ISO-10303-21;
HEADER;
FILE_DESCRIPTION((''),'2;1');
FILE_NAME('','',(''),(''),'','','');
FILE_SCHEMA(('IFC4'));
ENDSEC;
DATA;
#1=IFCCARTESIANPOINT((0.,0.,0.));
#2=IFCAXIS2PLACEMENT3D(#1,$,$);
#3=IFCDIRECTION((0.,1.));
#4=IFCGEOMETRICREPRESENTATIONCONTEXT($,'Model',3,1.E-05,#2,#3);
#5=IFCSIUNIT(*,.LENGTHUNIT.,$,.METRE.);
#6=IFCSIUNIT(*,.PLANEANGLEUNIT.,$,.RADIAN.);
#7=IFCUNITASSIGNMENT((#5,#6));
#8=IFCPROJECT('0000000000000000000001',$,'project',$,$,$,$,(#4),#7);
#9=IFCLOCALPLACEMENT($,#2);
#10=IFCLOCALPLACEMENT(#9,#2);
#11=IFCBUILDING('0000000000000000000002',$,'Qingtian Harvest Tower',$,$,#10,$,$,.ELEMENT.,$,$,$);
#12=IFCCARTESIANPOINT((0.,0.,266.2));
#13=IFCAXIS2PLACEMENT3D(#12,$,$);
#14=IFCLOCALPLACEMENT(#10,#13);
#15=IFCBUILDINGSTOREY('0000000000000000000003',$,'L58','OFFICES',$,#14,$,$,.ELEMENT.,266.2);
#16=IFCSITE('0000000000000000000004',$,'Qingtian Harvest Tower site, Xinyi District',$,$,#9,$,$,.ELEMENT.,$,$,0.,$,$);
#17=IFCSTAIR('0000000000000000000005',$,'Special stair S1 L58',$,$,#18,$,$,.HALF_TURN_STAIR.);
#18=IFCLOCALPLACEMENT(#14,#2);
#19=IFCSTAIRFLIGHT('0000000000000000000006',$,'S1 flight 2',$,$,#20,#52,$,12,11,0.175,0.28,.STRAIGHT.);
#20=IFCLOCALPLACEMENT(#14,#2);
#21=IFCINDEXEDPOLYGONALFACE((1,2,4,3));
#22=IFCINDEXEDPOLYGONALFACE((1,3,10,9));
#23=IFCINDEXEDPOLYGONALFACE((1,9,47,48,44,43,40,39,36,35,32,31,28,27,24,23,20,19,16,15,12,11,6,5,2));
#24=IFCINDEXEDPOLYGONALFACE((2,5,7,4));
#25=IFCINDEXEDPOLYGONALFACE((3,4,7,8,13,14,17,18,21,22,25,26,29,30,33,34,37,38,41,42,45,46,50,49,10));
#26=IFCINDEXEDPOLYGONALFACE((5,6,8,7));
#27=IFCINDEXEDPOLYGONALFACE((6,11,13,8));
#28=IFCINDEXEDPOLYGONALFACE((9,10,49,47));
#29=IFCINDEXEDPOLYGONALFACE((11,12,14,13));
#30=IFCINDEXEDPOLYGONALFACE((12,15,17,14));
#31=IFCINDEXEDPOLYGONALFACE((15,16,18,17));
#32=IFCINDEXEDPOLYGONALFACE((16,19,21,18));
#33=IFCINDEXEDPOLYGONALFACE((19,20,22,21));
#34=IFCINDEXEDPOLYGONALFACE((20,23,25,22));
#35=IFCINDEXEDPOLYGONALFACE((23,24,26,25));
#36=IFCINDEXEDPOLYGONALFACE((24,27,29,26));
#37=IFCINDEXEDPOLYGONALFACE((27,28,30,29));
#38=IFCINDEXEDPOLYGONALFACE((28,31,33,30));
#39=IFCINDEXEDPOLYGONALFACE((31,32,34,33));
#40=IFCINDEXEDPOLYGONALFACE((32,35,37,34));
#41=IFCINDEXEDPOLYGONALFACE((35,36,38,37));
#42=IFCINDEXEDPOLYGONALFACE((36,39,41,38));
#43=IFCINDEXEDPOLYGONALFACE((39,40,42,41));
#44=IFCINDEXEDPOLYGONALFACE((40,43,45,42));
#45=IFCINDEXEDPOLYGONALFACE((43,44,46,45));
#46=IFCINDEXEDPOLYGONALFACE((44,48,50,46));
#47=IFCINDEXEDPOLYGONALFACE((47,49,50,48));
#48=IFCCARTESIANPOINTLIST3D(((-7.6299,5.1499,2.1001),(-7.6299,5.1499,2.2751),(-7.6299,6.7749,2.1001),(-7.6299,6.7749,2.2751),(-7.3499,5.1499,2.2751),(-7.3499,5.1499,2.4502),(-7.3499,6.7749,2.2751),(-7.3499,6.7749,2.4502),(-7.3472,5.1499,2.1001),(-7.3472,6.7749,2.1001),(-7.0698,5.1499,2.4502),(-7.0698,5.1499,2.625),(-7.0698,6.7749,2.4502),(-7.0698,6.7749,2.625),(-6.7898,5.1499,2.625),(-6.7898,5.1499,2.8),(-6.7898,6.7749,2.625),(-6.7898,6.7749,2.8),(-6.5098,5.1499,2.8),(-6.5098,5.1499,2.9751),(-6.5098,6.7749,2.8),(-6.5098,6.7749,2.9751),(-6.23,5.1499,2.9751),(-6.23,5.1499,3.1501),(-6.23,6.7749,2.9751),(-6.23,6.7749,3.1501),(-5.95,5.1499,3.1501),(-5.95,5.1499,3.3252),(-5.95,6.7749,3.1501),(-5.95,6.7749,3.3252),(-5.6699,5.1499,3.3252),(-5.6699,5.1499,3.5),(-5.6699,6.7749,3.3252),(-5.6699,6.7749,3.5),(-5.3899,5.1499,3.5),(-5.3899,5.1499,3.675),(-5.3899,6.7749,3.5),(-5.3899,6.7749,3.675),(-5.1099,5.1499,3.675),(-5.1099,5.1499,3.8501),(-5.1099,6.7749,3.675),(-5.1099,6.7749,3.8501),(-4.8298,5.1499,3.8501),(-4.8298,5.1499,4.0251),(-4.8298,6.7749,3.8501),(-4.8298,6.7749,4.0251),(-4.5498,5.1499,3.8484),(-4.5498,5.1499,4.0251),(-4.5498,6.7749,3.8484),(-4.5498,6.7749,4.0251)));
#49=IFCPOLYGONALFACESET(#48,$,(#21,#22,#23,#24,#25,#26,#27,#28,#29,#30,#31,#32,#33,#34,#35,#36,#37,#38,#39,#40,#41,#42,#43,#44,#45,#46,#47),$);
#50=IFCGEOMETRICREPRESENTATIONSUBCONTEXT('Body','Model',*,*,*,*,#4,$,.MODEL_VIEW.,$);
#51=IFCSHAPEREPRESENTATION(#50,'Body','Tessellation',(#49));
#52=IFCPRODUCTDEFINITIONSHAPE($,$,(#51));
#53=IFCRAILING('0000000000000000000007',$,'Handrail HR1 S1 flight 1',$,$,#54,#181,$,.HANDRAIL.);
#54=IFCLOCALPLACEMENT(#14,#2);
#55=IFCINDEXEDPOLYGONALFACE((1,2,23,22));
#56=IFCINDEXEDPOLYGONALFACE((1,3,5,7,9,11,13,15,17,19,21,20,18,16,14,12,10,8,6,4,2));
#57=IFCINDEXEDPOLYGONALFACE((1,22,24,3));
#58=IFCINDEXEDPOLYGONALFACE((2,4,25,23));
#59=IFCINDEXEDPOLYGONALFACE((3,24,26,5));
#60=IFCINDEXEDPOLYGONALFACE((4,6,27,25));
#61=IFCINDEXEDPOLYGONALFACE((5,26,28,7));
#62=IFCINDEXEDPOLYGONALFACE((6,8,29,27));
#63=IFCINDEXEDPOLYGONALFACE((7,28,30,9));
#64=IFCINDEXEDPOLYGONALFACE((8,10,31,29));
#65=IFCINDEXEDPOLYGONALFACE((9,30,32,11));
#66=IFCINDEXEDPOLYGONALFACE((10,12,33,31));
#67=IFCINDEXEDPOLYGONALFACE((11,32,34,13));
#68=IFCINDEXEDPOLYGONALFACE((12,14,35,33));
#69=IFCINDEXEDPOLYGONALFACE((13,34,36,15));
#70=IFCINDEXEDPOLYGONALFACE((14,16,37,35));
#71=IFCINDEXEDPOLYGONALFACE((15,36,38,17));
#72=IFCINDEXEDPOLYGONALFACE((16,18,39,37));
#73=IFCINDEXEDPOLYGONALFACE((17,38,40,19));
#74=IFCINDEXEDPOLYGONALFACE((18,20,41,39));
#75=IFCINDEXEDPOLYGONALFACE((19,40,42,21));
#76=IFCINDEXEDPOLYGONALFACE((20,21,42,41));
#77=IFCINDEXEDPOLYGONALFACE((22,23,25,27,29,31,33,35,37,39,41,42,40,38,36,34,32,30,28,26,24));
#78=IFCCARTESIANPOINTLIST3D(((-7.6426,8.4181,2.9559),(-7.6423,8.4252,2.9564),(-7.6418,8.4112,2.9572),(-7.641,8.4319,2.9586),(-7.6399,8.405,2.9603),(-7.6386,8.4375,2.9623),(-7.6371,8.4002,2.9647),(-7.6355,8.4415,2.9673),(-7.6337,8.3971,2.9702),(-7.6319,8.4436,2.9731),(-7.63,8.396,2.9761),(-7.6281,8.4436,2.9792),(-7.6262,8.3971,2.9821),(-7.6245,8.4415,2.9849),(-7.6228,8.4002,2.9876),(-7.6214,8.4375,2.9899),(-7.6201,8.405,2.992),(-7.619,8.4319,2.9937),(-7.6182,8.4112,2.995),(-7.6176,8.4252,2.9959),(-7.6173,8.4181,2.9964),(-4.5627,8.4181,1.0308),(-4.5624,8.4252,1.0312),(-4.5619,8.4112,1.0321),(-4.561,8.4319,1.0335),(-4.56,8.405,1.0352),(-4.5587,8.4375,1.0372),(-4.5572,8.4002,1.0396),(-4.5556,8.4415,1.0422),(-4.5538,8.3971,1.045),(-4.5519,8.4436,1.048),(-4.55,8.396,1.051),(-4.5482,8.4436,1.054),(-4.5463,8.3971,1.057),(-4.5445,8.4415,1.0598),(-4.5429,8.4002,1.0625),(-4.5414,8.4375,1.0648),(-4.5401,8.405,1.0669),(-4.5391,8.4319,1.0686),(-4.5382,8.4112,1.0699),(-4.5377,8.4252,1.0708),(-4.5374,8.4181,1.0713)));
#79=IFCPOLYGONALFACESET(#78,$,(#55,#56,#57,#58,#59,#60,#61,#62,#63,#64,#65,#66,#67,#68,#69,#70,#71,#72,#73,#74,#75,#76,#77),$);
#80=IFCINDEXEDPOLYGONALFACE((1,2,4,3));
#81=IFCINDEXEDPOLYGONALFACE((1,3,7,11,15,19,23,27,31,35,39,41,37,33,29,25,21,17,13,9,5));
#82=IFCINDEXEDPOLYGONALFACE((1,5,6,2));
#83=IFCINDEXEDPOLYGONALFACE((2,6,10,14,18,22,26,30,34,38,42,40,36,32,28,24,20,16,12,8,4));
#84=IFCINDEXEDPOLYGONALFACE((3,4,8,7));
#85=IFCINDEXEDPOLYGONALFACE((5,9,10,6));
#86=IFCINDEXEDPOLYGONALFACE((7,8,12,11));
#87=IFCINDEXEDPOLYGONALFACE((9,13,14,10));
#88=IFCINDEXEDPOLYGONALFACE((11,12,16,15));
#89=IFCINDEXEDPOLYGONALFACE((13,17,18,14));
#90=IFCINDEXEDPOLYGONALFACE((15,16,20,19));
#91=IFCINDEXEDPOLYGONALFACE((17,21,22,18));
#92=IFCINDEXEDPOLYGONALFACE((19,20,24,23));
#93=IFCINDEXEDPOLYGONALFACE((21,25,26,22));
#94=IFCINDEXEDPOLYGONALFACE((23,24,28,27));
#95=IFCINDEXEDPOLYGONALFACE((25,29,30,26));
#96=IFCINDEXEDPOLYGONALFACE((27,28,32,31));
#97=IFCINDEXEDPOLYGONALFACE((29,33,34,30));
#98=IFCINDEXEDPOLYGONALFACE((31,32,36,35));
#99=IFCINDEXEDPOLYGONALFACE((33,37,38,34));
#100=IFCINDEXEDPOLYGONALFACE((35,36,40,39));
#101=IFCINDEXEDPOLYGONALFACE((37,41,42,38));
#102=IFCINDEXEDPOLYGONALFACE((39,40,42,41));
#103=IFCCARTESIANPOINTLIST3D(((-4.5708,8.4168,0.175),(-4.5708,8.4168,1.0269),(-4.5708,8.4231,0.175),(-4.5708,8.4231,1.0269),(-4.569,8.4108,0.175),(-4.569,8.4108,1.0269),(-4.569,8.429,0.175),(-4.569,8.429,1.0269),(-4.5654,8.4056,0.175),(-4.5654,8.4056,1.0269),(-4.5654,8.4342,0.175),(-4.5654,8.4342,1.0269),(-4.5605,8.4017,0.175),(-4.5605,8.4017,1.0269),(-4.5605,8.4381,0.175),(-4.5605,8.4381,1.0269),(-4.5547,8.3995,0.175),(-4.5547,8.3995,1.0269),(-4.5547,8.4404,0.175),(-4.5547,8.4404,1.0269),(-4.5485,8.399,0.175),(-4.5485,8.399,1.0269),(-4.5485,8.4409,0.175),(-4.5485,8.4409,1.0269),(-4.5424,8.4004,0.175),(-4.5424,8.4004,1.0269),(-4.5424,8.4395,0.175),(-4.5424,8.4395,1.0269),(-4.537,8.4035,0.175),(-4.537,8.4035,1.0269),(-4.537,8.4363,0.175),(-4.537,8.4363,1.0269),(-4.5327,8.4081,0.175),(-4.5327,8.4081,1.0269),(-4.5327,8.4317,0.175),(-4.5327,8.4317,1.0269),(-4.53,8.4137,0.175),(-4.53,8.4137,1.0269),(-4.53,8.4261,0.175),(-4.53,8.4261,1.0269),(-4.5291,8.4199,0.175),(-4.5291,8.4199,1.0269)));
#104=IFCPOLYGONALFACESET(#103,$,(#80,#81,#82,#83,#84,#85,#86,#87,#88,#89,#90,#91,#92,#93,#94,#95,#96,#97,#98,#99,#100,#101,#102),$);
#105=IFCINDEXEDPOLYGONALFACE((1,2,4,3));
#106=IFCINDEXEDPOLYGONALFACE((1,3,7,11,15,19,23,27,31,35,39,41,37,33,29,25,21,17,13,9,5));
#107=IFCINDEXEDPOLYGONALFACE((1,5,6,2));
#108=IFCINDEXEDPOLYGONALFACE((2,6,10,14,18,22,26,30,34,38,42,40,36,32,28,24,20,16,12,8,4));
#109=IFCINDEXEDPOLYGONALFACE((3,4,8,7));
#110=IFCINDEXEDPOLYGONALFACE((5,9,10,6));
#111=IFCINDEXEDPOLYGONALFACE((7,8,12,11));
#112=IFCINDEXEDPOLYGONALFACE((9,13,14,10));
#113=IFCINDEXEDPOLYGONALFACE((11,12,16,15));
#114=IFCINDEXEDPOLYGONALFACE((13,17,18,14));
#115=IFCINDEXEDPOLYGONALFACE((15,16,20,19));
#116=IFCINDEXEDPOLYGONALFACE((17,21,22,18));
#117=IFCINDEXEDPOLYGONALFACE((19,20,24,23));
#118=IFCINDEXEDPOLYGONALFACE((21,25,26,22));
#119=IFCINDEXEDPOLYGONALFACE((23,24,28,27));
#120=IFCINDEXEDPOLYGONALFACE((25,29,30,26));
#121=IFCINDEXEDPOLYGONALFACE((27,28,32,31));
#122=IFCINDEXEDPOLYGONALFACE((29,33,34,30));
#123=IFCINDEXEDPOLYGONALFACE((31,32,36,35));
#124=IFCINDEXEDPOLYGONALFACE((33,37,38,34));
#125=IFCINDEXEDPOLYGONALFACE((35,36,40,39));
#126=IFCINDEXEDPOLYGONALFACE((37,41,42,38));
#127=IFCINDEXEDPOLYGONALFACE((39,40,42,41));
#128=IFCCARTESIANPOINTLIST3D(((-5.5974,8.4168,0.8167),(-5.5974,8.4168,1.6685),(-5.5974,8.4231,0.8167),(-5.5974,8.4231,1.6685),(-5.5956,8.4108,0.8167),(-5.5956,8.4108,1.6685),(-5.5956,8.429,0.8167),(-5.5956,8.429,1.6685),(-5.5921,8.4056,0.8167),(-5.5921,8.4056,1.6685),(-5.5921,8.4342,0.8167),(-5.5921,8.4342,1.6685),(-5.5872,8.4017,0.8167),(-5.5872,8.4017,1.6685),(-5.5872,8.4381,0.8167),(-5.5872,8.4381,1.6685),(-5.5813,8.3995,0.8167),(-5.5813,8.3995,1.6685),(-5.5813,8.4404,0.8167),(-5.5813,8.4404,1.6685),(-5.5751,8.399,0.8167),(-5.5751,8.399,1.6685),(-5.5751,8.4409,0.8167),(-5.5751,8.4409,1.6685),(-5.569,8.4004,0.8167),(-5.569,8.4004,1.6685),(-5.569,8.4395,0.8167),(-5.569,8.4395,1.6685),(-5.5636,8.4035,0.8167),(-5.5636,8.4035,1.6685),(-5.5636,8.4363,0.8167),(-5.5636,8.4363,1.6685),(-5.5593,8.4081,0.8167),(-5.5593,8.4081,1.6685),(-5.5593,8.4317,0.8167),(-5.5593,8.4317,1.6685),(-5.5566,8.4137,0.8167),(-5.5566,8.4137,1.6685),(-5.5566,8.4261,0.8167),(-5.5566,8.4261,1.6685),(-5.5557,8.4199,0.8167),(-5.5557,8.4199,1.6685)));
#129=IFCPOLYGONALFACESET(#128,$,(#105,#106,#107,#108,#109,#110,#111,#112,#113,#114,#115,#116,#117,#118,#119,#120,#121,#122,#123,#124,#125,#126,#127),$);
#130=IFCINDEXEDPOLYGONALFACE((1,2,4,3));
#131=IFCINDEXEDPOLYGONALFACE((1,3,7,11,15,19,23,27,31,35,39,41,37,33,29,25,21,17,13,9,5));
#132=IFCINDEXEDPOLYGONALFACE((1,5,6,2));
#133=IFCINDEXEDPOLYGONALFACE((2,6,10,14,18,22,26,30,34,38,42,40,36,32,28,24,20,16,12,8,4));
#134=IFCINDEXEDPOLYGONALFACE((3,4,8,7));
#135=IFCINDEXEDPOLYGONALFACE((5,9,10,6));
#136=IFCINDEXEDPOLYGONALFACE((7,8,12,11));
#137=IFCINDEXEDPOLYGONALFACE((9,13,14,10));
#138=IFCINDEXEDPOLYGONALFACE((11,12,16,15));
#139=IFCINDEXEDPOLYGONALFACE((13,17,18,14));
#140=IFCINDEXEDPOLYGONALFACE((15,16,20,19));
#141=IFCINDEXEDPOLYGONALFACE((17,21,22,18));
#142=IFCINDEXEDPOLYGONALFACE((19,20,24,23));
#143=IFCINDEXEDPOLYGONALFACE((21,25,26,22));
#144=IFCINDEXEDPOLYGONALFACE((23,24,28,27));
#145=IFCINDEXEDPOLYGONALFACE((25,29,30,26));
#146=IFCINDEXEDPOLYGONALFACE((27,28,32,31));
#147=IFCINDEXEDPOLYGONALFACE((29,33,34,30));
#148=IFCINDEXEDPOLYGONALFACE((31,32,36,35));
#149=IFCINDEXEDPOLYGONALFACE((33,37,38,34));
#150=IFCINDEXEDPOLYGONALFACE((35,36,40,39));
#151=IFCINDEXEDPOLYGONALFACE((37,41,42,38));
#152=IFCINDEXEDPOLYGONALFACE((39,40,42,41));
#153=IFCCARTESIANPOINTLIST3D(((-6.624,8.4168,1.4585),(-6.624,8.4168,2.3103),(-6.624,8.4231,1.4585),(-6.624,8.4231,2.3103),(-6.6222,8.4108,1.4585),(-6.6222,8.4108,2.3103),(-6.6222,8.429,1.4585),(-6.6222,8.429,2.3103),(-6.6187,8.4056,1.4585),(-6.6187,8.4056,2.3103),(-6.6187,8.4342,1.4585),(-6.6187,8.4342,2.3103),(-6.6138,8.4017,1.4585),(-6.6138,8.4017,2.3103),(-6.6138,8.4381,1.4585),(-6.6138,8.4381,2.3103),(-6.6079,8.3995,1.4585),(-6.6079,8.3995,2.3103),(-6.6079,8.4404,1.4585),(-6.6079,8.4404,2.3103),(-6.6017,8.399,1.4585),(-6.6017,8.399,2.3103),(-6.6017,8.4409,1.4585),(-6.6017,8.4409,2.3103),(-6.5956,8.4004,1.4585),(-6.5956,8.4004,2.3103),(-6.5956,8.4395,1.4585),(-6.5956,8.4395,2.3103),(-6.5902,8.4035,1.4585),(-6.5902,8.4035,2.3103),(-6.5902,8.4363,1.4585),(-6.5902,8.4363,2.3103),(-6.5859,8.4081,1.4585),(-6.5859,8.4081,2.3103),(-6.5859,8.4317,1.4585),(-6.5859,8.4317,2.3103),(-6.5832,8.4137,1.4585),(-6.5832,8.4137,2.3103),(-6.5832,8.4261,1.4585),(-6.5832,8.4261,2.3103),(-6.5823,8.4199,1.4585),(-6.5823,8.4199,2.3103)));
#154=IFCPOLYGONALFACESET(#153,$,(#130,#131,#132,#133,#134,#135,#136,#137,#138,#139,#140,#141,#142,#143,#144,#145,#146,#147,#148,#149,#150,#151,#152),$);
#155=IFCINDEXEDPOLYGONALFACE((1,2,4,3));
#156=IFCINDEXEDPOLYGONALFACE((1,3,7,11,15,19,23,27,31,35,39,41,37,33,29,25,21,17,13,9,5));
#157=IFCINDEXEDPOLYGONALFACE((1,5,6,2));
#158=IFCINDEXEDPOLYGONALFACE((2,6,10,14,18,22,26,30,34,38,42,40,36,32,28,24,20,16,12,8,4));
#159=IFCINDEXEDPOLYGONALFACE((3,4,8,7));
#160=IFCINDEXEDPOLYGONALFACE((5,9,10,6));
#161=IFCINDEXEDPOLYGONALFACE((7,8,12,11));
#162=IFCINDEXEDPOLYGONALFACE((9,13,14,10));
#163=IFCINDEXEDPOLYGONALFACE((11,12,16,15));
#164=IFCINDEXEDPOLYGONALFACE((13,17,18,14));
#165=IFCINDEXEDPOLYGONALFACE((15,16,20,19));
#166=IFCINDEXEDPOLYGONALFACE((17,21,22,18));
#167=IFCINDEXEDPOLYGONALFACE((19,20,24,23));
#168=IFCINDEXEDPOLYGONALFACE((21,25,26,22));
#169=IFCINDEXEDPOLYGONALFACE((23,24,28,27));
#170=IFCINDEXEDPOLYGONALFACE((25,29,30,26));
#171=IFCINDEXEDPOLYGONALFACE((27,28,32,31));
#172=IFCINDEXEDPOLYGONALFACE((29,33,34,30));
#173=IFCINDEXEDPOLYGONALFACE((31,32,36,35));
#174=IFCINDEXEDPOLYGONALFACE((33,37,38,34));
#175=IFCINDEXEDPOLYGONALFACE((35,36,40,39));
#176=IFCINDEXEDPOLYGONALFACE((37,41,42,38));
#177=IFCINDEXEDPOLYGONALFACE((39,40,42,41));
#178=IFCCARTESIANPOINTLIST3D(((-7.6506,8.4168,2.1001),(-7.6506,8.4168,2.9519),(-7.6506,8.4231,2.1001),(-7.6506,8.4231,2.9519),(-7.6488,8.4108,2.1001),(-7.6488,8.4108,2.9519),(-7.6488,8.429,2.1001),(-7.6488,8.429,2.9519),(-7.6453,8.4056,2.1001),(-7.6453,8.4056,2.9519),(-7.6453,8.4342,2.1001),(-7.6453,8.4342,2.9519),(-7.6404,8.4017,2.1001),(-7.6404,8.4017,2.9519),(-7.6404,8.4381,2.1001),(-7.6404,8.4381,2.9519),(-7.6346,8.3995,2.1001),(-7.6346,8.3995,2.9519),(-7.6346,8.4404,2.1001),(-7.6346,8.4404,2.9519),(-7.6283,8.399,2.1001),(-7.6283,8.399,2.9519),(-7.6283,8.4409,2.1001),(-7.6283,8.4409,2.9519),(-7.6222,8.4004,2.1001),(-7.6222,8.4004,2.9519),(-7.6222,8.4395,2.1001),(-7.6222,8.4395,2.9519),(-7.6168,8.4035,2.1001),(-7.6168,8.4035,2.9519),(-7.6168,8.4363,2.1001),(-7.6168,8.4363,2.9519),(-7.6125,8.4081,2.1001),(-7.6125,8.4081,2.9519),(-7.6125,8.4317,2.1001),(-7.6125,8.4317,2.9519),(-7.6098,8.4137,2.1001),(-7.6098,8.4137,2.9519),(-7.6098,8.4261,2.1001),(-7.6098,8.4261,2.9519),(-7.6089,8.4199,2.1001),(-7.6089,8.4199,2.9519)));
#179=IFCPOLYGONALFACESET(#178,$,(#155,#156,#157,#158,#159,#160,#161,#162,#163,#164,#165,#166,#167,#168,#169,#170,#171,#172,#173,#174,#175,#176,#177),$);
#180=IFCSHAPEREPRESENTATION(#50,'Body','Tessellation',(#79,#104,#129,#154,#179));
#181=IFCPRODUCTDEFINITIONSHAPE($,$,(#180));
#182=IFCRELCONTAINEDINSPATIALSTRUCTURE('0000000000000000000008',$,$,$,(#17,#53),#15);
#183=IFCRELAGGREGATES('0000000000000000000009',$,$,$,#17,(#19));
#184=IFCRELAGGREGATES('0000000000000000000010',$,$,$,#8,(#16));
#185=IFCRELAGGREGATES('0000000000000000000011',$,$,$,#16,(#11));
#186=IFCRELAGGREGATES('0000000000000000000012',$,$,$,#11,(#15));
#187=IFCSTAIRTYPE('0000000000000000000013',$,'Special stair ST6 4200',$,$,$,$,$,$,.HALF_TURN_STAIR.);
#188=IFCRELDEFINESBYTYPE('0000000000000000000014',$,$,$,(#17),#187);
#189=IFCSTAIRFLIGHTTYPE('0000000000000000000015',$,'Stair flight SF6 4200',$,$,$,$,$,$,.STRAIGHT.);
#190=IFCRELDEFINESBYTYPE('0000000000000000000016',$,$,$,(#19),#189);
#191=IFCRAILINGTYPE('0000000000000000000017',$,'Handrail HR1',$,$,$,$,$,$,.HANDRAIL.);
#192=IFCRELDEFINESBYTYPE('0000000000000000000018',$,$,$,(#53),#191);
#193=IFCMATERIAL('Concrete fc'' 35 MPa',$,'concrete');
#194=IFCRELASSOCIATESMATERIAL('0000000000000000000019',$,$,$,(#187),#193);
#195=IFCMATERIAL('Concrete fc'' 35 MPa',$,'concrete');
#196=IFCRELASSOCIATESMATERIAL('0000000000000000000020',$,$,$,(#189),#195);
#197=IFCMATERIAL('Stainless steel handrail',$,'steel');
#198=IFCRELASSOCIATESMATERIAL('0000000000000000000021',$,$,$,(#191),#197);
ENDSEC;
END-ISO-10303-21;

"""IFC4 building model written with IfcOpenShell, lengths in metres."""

from ifc_helpers import new_model, si_unit, direction, frame, origin, origin_2d, place, context, subcontext, project, spatial, polyline, circle, outline, extrude, material, type_object, element, aggregate, save


model = new_model("IFC4")

# Units and contexts
model_context = context("Model", 3, precision=1e-05, world=origin(), true_north=direction((0.0, 1.0)))
body_context = subcontext(model_context, "Body", "Model", "MODEL_VIEW")
ifc_project = project(units=[si_unit("LENGTHUNIT", "METRE"), si_unit("PLANEANGLEUNIT", "RADIAN")], contexts=[model_context])

# Site, building, storey
site_placement = place(None, origin())
site = spatial("IfcSite", under=ifc_project, at=site_placement, Name="Qingtian Harvest Tower site, Xinyi District", CompositionType="ELEMENT", RefElevation=0.0)
building_placement = place(site_placement, origin())
building = spatial("IfcBuilding", under=site, at=building_placement, Name="Qingtian Harvest Tower", CompositionType="ELEMENT")
storey_placement = place(building_placement, frame((0.0, 0.0, 266.2)))
storey = spatial("IfcBuildingStorey", under=building, at=storey_placement, Name="L58", Description="OFFICES", CompositionType="ELEMENT", Elevation=266.2)

# Stair, stair flight
ifc_material_1 = material(Name="Concrete fc' 35 MPa", Category="concrete")
stair_type = type_object("IfcStairType", Name="Special stair ST6 4200", PredefinedType="HALF_TURN_STAIR", material=ifc_material_1)
stair_placement = place(storey_placement, origin())
stair = element("IfcStair", 1, at=stair_placement, inside=storey, type_object=stair_type, Name="Special stair S1 L58", PredefinedType="HALF_TURN_STAIR")
ifc_material_2 = material(Name="Concrete fc' 35 MPa", Category="concrete")
stair_flight_type = type_object("IfcStairFlightType", Name="Stair flight SF6 4200", PredefinedType="STRAIGHT", material=ifc_material_2)
stair_flight_1_placement = place(storey_placement, frame((-7.6299, 5.9624, 2.1001), z_axis=(0.0, 0.0, 1.0), x_axis=(1.0, 0.0, 0.0)))
stair_flight_1 = element("IfcStairFlight", 2, at=stair_flight_1_placement, type_object=stair_flight_type, Name="S1 flight 2", NumberOfRisers=12, NumberOfTreads=11, PredefinedType="STRAIGHT", RiserHeight=0.175, TreadLength=0.28, context=body_context, shape_type="SweptSolid", body=[
    extrude(outline(polyline([(0.0, 0.0), (0.0, 0.175), (0.28, 0.175), (0.28, 0.3501), (0.5601, 0.3501), (0.5601, 0.5249), (0.8401, 0.5249), (0.8401, 0.7), (1.1201, 0.7), (1.1201, 0.875), (1.3999, 0.875), (1.3999, 1.05), (1.6799, 1.05), (1.6799, 1.2251), (1.96, 1.2251), (1.96, 1.3999), (2.24, 1.3999), (2.24, 1.575), (2.52, 1.575), (2.52, 1.75), (2.8, 1.75), (2.8, 1.925), (3.0801, 1.925), (3.0801, 2.1001), (3.0801, 1.7483), (0.2827, 0.0), (0.0, 0.0)])), frame((0.0, 0.8125, 0.0), z_axis=(0.0, -1.0, 0.0), x_axis=(1.0, 0.0, 0.0)), (0.0, 0.0, 1.0), 1.625),
])
aggregate(stair, [stair_flight_1])

# Railing
ifc_material_3 = material(Name="Stainless steel handrail", Category="steel")
railing_type = type_object("IfcRailingType", Name="Handrail HR1", PredefinedType="HANDRAIL", material=ifc_material_3)
railing_1_placement = place(storey_placement, frame((-4.55, 8.4199, 0.175)))
element("IfcRailing", 3, at=railing_1_placement, inside=storey, type_object=railing_type, Name="Handrail HR1 S1 flight 1", PredefinedType="HANDRAIL", context=body_context, shape_type="SweptSolid", body=[
    extrude(circle(Radius=0.0239, at=origin_2d()), frame((0.0, 0.0, 0.876), z_axis=(-0.847979, 0.0, 0.530029), x_axis=(0.0, -1.0, 0.0)), (0.0, 0.0, 1.0), 3.6321),
    extrude(circle(Radius=0.021, at=origin_2d()), origin(), (0.0, 0.0, 1.0), 0.8518),
    extrude(circle(Radius=0.021, at=origin_2d()), frame((-1.0266, 0.0, 0.6416)), (0.0, 0.0, 1.0), 0.8518),
    extrude(circle(Radius=0.021, at=origin_2d()), frame((-2.0532, 0.0, 1.2834)), (0.0, 0.0, 1.0), 0.8518),
    extrude(circle(Radius=0.021, at=origin_2d()), frame((-3.0798, 0.0, 1.925)), (0.0, 0.0, 1.0), 0.8518),
])

save(model, "model.ifc")
